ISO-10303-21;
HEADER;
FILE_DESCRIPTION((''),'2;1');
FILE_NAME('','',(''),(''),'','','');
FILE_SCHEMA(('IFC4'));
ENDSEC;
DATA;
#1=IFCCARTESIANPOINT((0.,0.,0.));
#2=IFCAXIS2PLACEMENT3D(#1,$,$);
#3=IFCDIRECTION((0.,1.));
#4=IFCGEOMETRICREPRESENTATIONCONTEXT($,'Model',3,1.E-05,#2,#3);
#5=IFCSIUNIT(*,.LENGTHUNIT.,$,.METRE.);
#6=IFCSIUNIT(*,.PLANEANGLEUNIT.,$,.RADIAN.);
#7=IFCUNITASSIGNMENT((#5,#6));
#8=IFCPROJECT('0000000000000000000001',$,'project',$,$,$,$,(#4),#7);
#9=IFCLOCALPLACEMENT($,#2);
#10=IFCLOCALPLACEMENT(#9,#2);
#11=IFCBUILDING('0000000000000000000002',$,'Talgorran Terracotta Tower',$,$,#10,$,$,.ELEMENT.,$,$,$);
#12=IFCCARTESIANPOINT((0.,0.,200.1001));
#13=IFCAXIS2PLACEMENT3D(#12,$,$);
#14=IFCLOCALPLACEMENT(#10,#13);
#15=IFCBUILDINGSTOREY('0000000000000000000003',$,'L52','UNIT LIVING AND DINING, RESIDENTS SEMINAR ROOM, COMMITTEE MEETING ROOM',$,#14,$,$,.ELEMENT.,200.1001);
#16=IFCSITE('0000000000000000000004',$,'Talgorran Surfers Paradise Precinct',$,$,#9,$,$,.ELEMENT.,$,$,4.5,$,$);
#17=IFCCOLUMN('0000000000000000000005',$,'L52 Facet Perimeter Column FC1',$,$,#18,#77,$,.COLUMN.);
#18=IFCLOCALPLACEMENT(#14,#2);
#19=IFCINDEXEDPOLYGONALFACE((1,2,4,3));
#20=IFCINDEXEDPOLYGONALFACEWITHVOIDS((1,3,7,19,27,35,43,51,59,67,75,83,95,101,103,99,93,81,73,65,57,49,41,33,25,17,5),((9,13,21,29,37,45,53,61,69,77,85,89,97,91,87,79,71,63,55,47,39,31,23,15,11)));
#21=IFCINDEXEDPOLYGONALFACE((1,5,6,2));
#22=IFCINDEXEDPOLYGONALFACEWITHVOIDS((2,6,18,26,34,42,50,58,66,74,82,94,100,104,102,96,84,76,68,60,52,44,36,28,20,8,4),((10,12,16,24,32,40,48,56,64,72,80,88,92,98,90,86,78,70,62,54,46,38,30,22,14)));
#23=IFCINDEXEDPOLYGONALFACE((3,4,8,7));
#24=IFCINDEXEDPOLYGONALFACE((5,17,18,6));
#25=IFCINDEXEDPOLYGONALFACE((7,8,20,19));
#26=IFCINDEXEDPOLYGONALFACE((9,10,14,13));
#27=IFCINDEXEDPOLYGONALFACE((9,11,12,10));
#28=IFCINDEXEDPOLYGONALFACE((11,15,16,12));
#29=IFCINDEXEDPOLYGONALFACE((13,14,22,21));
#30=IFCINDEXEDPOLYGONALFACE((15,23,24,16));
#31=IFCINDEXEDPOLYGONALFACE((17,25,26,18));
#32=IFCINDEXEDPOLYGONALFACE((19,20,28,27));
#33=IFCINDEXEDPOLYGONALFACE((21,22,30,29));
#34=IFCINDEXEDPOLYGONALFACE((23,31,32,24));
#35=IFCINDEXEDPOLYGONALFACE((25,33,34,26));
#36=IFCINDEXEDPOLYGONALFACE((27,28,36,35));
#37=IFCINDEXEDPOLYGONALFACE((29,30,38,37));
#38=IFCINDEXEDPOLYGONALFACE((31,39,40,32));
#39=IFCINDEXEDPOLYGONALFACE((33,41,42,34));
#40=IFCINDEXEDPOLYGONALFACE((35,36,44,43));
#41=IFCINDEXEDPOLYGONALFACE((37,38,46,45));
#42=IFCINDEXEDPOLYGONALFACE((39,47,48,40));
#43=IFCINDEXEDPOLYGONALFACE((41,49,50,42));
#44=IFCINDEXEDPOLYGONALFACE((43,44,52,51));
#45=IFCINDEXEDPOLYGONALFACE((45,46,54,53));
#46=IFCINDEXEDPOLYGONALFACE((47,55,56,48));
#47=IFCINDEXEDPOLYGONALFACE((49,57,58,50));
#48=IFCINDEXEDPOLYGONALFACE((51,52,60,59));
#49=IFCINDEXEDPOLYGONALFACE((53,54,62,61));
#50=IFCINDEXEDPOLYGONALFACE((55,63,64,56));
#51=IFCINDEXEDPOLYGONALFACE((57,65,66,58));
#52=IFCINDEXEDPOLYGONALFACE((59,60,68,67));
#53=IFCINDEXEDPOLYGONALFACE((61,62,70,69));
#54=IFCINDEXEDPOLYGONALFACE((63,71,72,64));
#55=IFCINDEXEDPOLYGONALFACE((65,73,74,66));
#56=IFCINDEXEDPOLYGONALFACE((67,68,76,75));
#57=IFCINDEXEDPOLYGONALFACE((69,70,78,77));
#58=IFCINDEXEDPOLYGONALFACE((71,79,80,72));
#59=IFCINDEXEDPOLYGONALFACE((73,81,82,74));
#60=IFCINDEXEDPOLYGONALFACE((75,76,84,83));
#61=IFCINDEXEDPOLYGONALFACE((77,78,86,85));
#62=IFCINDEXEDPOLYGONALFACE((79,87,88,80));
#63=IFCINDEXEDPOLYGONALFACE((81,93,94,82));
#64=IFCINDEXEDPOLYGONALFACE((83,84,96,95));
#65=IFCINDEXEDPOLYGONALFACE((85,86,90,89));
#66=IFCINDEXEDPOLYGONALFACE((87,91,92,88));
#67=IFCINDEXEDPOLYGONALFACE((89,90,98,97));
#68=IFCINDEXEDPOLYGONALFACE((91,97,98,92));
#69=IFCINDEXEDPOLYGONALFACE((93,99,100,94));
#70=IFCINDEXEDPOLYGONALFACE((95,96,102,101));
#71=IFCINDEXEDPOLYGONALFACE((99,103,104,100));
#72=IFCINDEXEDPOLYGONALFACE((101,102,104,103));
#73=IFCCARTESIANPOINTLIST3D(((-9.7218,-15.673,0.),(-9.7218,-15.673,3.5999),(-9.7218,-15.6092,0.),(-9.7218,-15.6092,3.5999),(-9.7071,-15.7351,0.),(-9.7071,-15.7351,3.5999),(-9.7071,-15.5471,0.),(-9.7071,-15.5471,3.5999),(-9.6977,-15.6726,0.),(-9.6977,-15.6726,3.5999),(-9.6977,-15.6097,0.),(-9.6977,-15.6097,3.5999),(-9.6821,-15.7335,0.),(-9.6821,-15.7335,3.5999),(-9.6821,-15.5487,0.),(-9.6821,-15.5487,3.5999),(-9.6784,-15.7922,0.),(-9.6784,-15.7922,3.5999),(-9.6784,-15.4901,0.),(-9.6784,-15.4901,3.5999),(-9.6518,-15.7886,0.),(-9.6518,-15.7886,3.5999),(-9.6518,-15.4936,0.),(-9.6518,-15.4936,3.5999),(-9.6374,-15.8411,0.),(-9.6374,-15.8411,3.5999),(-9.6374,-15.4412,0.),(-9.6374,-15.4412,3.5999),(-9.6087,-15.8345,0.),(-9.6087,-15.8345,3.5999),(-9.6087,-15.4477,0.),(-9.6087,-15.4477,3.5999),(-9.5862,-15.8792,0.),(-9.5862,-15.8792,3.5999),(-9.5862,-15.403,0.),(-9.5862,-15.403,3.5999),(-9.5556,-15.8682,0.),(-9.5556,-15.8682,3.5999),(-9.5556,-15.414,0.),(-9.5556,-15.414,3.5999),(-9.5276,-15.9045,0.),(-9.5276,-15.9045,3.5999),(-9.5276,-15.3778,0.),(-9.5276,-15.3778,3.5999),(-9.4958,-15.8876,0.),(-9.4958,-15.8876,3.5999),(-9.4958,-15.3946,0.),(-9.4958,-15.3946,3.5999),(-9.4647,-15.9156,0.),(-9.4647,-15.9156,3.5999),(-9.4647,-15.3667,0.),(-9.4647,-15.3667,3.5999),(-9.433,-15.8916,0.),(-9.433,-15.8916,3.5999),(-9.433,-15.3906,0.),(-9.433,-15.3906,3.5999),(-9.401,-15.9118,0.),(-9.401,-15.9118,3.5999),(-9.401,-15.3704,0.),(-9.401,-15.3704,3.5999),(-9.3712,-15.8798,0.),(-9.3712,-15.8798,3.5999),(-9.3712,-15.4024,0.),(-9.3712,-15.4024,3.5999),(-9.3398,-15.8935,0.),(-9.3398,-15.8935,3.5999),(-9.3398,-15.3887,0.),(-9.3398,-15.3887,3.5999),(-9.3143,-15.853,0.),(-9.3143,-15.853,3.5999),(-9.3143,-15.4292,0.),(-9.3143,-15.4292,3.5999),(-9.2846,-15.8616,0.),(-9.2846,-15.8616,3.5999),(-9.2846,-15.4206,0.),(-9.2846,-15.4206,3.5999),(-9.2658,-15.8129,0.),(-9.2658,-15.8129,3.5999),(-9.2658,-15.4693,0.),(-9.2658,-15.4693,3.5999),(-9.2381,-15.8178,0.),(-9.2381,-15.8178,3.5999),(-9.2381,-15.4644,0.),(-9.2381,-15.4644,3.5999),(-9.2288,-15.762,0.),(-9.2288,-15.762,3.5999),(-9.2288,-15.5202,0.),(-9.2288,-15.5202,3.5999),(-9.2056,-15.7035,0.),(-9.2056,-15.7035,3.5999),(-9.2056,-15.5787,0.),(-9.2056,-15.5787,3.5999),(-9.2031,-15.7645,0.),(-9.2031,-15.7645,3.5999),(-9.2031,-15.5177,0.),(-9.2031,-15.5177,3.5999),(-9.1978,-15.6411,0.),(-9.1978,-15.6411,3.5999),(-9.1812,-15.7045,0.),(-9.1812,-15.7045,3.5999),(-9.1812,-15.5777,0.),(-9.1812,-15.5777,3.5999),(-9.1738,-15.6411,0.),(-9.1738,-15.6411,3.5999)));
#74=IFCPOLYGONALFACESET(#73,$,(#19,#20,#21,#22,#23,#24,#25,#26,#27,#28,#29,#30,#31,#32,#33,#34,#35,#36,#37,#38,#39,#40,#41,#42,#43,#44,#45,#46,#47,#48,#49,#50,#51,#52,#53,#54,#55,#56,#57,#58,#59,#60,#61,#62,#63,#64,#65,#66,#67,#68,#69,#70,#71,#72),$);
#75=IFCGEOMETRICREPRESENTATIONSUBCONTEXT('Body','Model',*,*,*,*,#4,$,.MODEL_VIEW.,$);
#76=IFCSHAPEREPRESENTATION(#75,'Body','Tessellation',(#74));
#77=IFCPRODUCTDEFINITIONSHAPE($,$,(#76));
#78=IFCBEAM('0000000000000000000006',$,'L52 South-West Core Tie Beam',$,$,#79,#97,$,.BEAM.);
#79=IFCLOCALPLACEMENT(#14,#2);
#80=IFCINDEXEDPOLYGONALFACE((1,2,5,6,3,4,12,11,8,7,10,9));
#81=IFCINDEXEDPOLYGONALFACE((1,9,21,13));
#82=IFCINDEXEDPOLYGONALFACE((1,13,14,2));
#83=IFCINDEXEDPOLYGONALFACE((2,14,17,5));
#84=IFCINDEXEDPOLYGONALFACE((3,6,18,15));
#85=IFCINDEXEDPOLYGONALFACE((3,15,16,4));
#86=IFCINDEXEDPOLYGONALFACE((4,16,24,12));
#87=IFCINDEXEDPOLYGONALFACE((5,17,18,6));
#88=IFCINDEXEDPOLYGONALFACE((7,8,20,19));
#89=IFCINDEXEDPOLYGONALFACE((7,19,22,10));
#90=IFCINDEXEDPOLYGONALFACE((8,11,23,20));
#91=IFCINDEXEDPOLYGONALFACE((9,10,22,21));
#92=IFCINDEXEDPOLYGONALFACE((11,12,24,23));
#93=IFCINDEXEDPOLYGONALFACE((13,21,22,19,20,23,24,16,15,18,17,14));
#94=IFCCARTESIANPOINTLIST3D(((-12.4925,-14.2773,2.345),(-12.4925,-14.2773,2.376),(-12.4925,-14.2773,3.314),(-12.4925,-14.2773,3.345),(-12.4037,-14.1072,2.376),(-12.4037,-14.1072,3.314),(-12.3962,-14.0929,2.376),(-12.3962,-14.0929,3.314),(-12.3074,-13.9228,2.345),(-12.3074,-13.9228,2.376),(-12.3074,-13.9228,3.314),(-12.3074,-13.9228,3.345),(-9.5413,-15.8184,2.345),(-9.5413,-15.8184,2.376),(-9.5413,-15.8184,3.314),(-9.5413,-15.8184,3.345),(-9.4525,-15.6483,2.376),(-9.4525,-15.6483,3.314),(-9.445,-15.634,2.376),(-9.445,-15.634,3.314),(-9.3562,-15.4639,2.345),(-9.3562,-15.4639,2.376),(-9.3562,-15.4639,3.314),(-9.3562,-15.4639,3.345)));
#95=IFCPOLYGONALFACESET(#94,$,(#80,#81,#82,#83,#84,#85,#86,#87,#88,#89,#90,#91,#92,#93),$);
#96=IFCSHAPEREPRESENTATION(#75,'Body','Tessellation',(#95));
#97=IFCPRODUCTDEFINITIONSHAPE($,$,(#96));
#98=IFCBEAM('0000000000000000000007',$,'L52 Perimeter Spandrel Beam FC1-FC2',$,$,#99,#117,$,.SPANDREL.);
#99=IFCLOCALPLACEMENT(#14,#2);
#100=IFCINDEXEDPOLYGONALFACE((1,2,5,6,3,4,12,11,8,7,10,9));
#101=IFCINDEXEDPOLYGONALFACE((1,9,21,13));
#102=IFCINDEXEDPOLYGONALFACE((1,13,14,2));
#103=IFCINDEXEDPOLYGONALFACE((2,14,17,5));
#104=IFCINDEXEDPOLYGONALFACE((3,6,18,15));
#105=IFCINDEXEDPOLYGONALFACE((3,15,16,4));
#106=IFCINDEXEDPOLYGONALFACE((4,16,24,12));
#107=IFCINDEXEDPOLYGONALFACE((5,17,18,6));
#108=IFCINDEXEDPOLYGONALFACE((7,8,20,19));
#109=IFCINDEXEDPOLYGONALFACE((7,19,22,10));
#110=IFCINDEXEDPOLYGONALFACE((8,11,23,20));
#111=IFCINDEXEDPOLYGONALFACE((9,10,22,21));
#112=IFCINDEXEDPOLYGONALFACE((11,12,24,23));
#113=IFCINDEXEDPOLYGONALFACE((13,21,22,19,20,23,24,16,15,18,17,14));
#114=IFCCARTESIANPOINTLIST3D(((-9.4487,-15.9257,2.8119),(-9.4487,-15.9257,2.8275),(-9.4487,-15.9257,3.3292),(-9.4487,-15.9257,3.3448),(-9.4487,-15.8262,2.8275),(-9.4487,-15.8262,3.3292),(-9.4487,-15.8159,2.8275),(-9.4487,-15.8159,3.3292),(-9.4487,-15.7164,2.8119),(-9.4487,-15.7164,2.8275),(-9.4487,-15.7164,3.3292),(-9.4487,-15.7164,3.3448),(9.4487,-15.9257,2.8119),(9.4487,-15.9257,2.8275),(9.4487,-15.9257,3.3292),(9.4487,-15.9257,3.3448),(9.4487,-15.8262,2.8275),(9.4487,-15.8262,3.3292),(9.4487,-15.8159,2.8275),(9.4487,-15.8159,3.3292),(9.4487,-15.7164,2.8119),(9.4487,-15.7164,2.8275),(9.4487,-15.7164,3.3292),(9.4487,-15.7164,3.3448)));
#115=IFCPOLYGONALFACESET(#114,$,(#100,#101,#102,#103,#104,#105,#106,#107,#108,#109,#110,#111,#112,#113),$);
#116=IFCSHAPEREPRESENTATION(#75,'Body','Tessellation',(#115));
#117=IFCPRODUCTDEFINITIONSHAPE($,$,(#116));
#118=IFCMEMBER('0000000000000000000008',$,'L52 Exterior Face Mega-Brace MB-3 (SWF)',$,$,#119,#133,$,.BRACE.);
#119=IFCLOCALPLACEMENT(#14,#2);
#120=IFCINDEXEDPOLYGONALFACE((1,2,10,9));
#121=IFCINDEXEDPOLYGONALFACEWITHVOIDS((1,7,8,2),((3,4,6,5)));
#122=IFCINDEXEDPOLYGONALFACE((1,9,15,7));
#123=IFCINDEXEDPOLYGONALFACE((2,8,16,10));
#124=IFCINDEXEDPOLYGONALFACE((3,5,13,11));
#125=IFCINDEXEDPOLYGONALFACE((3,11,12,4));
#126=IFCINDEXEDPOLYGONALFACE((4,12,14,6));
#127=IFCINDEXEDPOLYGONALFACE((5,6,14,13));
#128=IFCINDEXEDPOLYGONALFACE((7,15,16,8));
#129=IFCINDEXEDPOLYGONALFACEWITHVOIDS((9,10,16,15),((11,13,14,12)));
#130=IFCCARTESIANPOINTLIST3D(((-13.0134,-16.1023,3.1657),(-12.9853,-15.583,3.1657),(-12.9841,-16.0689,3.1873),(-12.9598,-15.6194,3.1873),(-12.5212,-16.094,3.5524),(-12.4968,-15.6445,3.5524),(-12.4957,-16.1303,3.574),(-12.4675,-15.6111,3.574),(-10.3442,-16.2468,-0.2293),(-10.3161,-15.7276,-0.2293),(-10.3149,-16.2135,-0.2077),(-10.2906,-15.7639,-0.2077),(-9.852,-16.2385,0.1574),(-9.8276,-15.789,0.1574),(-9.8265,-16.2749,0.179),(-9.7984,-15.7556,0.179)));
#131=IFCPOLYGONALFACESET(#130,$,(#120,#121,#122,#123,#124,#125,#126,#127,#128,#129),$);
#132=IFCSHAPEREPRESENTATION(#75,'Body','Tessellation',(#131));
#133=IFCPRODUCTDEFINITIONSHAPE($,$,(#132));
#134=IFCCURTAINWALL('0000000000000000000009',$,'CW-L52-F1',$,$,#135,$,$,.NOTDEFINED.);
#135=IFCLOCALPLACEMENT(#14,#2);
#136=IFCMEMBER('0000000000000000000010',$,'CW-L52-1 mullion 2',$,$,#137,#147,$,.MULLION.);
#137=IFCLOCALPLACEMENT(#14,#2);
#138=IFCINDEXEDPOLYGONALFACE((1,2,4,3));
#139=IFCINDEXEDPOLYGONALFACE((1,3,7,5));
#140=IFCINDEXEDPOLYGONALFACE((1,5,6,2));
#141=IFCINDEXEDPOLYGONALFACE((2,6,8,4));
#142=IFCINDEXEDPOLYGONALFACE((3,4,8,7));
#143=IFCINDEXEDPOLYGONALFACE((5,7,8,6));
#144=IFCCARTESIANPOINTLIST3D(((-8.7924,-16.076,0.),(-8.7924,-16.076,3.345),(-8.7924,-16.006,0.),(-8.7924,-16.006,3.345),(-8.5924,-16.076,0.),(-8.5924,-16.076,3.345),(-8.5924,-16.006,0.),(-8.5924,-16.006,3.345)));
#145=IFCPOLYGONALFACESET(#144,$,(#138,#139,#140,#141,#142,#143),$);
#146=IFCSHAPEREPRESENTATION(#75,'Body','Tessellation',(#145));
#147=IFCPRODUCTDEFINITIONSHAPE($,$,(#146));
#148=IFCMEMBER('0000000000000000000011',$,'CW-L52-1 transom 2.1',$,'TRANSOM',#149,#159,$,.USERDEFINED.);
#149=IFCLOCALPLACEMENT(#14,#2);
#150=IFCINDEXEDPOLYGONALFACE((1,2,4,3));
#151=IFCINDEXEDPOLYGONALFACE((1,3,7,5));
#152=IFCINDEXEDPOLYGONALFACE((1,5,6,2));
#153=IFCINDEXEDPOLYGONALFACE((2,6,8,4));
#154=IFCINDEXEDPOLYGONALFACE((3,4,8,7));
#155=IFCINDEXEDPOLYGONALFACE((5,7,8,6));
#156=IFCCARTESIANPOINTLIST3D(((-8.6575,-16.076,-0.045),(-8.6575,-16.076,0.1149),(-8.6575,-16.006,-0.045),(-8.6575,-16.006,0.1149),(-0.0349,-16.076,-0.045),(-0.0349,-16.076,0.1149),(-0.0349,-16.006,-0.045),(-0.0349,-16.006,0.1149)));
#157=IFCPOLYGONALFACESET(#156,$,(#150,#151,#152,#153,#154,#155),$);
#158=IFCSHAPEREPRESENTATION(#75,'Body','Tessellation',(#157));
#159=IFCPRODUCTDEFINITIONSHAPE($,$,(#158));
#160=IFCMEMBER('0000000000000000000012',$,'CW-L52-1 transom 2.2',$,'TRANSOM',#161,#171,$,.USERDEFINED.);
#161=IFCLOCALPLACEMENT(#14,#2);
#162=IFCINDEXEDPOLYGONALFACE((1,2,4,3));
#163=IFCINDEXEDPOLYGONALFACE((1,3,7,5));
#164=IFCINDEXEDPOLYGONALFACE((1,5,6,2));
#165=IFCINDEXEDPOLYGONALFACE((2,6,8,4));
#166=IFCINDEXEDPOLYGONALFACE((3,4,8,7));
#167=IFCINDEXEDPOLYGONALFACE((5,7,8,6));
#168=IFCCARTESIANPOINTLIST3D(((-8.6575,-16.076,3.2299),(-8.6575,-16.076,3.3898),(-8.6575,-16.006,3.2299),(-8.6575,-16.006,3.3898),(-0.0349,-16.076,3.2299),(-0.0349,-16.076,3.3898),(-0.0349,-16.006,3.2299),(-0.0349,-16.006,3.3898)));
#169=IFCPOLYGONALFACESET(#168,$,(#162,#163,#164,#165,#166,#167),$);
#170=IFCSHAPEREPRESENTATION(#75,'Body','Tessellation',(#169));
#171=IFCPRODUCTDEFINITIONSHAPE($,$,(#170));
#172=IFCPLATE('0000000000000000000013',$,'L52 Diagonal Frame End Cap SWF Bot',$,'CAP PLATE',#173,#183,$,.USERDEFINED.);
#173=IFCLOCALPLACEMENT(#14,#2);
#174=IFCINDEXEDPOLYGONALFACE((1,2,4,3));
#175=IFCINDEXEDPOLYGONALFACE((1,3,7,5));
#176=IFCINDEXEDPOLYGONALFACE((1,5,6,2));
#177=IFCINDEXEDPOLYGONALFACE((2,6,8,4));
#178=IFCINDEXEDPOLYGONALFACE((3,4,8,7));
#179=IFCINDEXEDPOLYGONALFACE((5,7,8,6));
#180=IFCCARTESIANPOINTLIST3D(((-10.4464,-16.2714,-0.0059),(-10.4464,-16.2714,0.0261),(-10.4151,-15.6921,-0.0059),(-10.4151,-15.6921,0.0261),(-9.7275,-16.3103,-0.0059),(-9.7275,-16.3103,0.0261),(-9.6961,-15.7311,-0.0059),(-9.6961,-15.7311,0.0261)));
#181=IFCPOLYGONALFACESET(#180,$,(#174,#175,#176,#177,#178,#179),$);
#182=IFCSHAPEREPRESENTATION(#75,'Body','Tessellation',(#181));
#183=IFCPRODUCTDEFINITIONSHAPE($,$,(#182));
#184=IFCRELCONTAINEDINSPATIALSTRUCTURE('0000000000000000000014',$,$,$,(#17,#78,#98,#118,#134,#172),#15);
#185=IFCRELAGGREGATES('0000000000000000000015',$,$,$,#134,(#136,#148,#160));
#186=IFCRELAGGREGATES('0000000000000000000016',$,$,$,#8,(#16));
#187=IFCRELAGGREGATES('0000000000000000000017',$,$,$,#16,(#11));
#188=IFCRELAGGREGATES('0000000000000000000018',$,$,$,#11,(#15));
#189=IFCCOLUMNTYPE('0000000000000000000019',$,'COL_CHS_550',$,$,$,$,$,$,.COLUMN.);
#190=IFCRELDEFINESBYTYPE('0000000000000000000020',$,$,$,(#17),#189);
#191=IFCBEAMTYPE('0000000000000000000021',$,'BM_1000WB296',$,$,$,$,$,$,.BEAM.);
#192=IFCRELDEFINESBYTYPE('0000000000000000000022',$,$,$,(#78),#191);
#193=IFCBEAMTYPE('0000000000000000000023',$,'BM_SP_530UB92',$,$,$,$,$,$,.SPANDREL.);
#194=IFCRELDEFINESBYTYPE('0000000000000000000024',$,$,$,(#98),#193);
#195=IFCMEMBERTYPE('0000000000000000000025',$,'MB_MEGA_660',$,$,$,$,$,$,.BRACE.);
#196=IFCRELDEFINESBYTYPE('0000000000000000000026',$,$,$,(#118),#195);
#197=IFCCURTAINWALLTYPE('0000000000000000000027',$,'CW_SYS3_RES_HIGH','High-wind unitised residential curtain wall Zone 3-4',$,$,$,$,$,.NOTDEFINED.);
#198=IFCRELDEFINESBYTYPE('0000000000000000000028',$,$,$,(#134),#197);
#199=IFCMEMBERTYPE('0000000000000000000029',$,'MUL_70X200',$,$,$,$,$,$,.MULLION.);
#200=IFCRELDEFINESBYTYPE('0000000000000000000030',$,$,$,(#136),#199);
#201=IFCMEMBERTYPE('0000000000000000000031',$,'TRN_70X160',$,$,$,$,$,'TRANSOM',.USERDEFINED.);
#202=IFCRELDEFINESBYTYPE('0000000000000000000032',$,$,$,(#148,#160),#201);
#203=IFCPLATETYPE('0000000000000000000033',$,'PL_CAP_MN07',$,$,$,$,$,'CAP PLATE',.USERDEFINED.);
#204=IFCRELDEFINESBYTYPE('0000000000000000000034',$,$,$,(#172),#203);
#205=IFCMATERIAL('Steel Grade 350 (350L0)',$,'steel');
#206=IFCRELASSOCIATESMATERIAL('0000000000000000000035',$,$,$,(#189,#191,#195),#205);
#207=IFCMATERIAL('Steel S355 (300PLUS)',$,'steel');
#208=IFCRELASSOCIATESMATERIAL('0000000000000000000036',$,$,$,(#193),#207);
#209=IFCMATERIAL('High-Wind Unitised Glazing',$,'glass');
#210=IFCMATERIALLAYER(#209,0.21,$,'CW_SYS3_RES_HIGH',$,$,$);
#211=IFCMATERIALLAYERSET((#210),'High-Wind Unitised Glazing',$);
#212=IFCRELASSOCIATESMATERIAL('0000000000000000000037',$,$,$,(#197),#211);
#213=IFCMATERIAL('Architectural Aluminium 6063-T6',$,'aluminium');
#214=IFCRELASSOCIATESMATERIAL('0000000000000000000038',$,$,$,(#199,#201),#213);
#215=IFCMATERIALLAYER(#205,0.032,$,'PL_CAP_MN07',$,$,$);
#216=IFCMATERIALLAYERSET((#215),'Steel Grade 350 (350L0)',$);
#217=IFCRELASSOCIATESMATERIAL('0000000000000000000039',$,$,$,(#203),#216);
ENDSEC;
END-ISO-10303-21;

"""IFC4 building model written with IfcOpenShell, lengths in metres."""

from ifc_helpers import new_model, si_unit, direction, frame, origin, origin_2d, place, context, subcontext, project, spatial, rectangle, hollow_rectangle, hollow_circle, i_section, extrude, material, layer, layer_set, material_profile, profile_set, type_object, element, aggregate, save


model = new_model("IFC4")

# Units and contexts
model_context = context("Model", 3, precision=1e-05, world=origin(), true_north=direction((0.0, 1.0)))
body_context = subcontext(model_context, "Body", "Model", "MODEL_VIEW")
ifc_project = project(units=[si_unit("LENGTHUNIT", "METRE"), si_unit("PLANEANGLEUNIT", "RADIAN")], contexts=[model_context])

# Site, building, storey
site_placement = place(None, origin())
site = spatial("IfcSite", under=ifc_project, at=site_placement, Name="Talgorran Surfers Paradise Precinct", CompositionType="ELEMENT", RefElevation=4.5)
building_placement = place(site_placement, origin())
building = spatial("IfcBuilding", under=site, at=building_placement, Name="Talgorran Terracotta Tower", CompositionType="ELEMENT")
storey_placement = place(building_placement, frame((0.0, 0.0, 200.1001)))
storey = spatial("IfcBuildingStorey", under=building, at=storey_placement, Name="L52", Description="UNIT LIVING AND DINING, RESIDENTS SEMINAR ROOM, COMMITTEE MEETING ROOM", CompositionType="ELEMENT", Elevation=200.1001)

# Column
ifc_material_1 = material(Name="Steel Grade 350 (350L0)", Category="steel")
ifc_material_profile_1 = material_profile(ifc_material_1, hollow_circle(Radius=0.2749, WallThickness=0.0239, at=origin_2d()), Name="CHS550X24")
ifc_profile_set_1 = profile_set([ifc_material_profile_1], Name="Steel Grade 350 (350L0)")
column_type = type_object("IfcColumnType", Name="COL_CHS_550", PredefinedType="COLUMN", material=ifc_profile_set_1)
column_placement = place(storey_placement, frame((-9.4487, -15.6411, 0.0), z_axis=(0.0, 0.0, 1.0), x_axis=(1.0, 0.0, 0.0)))
element("IfcColumn", 1, at=column_placement, inside=storey, type_object=column_type, Name="L52 Facet Perimeter Column FC1", PredefinedType="COLUMN", context=body_context, shape_type="SweptSolid", body=[
    extrude(hollow_circle(Radius=0.2749, WallThickness=0.0239, at=origin_2d()), origin(), (0.0, 0.0, 1.0), 3.5999),
])

# Beams
ifc_material_profile_2 = material_profile(ifc_material_1, i_section(OverallWidth=0.3999, OverallDepth=1.0, WebThickness=0.0161, FlangeThickness=0.031, at=origin_2d()), Name="1000WB296")
ifc_profile_set_2 = profile_set([ifc_material_profile_2], Name="Steel Grade 350 (350L0)")
beam_type_1 = type_object("IfcBeamType", Name="BM_1000WB296", PredefinedType="BEAM", material=ifc_profile_set_2)
beam_1_placement = place(storey_placement, frame((-9.4487, -15.6411, 2.845), z_axis=(-0.886428, 0.462867, 0.0), x_axis=(-0.462867, -0.886428, 0.0)))
element("IfcBeam", 2, at=beam_1_placement, inside=storey, type_object=beam_type_1, Name="L52 South-West Core Tie Beam", PredefinedType="BEAM", context=body_context, shape_type="SweptSolid", body=[
    extrude(i_section(OverallWidth=0.3999, OverallDepth=1.0, WebThickness=0.0161, FlangeThickness=0.031, at=origin_2d()), origin(), (0.0, 0.0, 1.0), 3.3293),
])
ifc_material_2 = material(Name="Steel S355 (300PLUS)", Category="steel")
ifc_material_profile_3 = material_profile(ifc_material_2, i_section(OverallWidth=0.2092, OverallDepth=0.533, WebThickness=0.0103, FlangeThickness=0.0156, at=origin_2d()), Name="530UB92.4")
ifc_profile_set_3 = profile_set([ifc_material_profile_3], Name="Steel S355 (300PLUS)")
beam_type_2 = type_object("IfcBeamType", Name="BM_SP_530UB92", PredefinedType="SPANDREL", material=ifc_profile_set_3)
beam_2_placement = place(storey_placement, frame((-9.4487, -15.821, 3.0784), z_axis=(1.0, 0.0, 0.0), x_axis=(0.0, 1.0, 0.0)))
element("IfcBeam", 3, at=beam_2_placement, inside=storey, type_object=beam_type_2, Name="L52 Perimeter Spandrel Beam FC1-FC2", PredefinedType="SPANDREL", context=body_context, shape_type="SweptSolid", body=[
    extrude(i_section(OverallWidth=0.2092, OverallDepth=0.533, WebThickness=0.0103, FlangeThickness=0.0156, at=origin_2d()), origin(), (0.0, 0.0, 1.0), 18.8975),
])

# Member
ifc_material_profile_4 = material_profile(ifc_material_1, hollow_rectangle(XDim=0.52, YDim=0.6599, WallThickness=0.0349, at=origin_2d()), Name="WBOX660X520X35")
ifc_profile_set_4 = profile_set([ifc_material_profile_4], Name="Steel Grade 350 (350L0)")
member_type_1 = type_object("IfcMemberType", Name="MB_MEGA_660", PredefinedType="BRACE", material=ifc_profile_set_4)
member_1_placement = place(storey_placement, frame((-10.0713, -16.0012, -0.0251), z_axis=(-0.617715, 0.033448, 0.78569), x_axis=(-0.054069, -0.998537, 0.0)))
element("IfcMember", 4, at=member_1_placement, inside=storey, type_object=member_type_1, Name="L52 Exterior Face Mega-Brace MB-3 (SWF)", PredefinedType="BRACE", context=body_context, shape_type="SweptSolid", body=[
    extrude(hollow_rectangle(XDim=0.52, YDim=0.6599, WallThickness=0.0349, at=origin_2d()), origin(), (0.0, 0.0, 1.0), 4.321),
])

# Curtain wall, members
ifc_material_3 = material(Name="High-Wind Unitised Glazing", Category="glass")
ifc_layer_1 = layer(ifc_material_3, 0.21, Name="CW_SYS3_RES_HIGH")
ifc_layer_set_1 = layer_set([ifc_layer_1], Name="High-Wind Unitised Glazing")
curtain_wall_type = type_object("IfcCurtainWallType", Name="CW_SYS3_RES_HIGH", Description="High-wind unitised residential curtain wall Zone 3-4", PredefinedType="NOTDEFINED", material=ifc_layer_set_1)
curtain_wall_placement = place(storey_placement, origin())
curtain_wall = element("IfcCurtainWall", 5, at=curtain_wall_placement, inside=storey, type_object=curtain_wall_type, Name="CW-L52-F1", PredefinedType="NOTDEFINED")
ifc_material_4 = material(Name="Architectural Aluminium 6063-T6", Category="aluminium")
ifc_material_profile_5 = material_profile(ifc_material_4, rectangle(XDim=0.0701, YDim=0.2, at=origin_2d()), Name="CWM70X200")
ifc_profile_set_5 = profile_set([ifc_material_profile_5], Name="Architectural Aluminium 6063-T6")
member_type_2 = type_object("IfcMemberType", Name="MUL_70X200", PredefinedType="MULLION", material=ifc_profile_set_5)
member_2_placement = place(storey_placement, frame((-8.6924, -16.041, 0.0), z_axis=(0.0, 0.0, 1.0), x_axis=(0.0, 1.0, 0.0)))
member_2 = element("IfcMember", 6, at=member_2_placement, type_object=member_type_2, Name="CW-L52-1 mullion 2", PredefinedType="MULLION", context=body_context, shape_type="SweptSolid", body=[
    extrude(rectangle(XDim=0.0701, YDim=0.2, at=origin_2d()), origin(), (0.0, 0.0, 1.0), 3.345),
])
ifc_material_profile_6 = material_profile(ifc_material_4, rectangle(XDim=0.0701, YDim=0.1599, at=origin_2d()), Name="CWT70X160")
ifc_profile_set_6 = profile_set([ifc_material_profile_6], Name="Architectural Aluminium 6063-T6")
member_type_3 = type_object("IfcMemberType", Name="TRN_70X160", ElementType="TRANSOM", PredefinedType="USERDEFINED", material=ifc_profile_set_6)
member_3_placement = place(storey_placement, frame((-8.6575, -16.041, 0.0349), z_axis=(1.0, 0.0, 0.0), x_axis=(0.0, 1.0, 0.0)))
member_3 = element("IfcMember", 7, at=member_3_placement, type_object=member_type_3, Name="CW-L52-1 transom 2.1", ObjectType="TRANSOM", PredefinedType="USERDEFINED", context=body_context, shape_type="SweptSolid", body=[
    extrude(rectangle(XDim=0.0701, YDim=0.1599, at=origin_2d()), origin(), (0.0, 0.0, 1.0), 8.6226),
])
member_4_placement = place(storey_placement, frame((-8.6575, -16.041, 3.3098), z_axis=(1.0, 0.0, 0.0), x_axis=(0.0, 1.0, 0.0)))
member_4 = element("IfcMember", 8, at=member_4_placement, type_object=member_type_3, Name="CW-L52-1 transom 2.2", ObjectType="TRANSOM", PredefinedType="USERDEFINED", context=body_context, shape_type="SweptSolid", body=[
    extrude(rectangle(XDim=0.0701, YDim=0.1599, at=origin_2d()), origin(), (0.0, 0.0, 1.0), 8.6226),
])

# Plate
ifc_layer_2 = layer(ifc_material_1, 0.032, Name="PL_CAP_MN07")
ifc_layer_set_2 = layer_set([ifc_layer_2], Name="Steel Grade 350 (350L0)")
plate_type_1 = type_object("IfcPlateType", Name="PL_CAP_MN07", ElementType="CAP PLATE", PredefinedType="USERDEFINED", material=ifc_layer_set_2)
plate_1_placement = place(storey_placement, frame((-10.0713, -16.0012, -0.0059), z_axis=(0.0, 0.0, 1.0), x_axis=(-0.998537, 0.054079, 0.0)))
element("IfcPlate", 9, at=plate_1_placement, inside=storey, type_object=plate_type_1, Name="L52 Diagonal Frame End Cap SWF Bot", ObjectType="CAP PLATE", PredefinedType="USERDEFINED", context=body_context, shape_type="SweptSolid", body=[
    extrude(rectangle(XDim=0.72, YDim=0.5801, at=origin_2d()), origin(), (0.0, 0.0, 1.0), 0.032),
])

aggregate(curtain_wall, [member_2, member_3, member_4])

save(model, "model.ifc")
